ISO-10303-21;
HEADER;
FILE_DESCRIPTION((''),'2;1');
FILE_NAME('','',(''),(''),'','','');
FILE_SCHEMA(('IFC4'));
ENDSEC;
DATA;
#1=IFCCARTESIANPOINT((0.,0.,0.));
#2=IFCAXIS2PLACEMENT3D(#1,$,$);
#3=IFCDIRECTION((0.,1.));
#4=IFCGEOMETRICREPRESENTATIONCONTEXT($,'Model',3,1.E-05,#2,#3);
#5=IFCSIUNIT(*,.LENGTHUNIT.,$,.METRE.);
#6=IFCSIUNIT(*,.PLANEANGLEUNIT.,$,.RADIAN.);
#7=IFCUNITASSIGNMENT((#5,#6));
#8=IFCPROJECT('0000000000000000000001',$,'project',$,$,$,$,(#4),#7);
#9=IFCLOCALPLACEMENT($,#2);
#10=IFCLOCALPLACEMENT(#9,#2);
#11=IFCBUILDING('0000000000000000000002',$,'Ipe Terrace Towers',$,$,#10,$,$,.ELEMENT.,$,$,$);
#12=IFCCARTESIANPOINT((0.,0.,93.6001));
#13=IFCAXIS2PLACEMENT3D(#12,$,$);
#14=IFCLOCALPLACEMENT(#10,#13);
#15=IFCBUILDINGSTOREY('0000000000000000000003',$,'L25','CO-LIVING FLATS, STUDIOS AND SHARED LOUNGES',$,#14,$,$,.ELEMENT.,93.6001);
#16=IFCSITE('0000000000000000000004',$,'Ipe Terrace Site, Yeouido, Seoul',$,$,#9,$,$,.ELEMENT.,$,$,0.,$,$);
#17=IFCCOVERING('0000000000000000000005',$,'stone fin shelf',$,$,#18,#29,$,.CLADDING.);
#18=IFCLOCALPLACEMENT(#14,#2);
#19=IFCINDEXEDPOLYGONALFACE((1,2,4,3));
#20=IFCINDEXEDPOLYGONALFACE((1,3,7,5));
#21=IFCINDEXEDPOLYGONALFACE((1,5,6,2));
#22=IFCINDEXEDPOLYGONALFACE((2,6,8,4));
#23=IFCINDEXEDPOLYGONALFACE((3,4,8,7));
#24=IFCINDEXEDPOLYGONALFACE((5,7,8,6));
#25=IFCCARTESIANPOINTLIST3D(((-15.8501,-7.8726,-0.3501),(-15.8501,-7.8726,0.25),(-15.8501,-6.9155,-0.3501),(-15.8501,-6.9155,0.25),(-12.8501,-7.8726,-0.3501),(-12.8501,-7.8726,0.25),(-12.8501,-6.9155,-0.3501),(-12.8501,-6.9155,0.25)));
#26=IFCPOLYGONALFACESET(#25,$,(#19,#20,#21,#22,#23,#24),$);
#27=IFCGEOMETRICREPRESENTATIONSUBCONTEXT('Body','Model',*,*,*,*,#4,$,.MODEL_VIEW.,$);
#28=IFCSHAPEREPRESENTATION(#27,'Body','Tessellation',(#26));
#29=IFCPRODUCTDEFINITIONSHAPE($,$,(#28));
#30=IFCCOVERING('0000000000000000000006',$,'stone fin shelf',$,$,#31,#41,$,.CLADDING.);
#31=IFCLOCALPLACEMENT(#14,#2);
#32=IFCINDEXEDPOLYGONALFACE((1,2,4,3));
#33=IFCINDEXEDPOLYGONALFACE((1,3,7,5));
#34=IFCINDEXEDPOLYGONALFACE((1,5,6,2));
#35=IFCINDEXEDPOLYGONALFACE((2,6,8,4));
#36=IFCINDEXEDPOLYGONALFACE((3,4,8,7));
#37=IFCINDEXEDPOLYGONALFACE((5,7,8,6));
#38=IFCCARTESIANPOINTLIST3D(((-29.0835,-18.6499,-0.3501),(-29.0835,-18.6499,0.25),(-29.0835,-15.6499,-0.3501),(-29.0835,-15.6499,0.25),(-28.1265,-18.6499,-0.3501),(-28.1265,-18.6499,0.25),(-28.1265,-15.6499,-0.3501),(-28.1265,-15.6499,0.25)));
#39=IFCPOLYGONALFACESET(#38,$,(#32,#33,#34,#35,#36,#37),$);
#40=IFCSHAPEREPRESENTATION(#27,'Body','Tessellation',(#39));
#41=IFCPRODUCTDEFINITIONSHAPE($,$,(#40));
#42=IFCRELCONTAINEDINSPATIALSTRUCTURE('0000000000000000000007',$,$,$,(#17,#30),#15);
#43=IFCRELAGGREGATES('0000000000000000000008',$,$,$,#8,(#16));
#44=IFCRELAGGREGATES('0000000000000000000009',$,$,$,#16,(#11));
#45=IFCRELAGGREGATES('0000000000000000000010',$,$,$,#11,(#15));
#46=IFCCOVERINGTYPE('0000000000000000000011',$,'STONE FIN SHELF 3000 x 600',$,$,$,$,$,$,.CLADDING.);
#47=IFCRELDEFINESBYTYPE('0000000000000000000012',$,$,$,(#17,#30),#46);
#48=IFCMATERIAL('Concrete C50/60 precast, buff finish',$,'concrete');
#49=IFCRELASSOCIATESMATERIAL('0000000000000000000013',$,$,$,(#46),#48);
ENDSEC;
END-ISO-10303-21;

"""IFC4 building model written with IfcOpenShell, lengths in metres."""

from ifc_helpers import new_model, si_unit, direction, frame, origin, origin_2d, place, context, subcontext, project, spatial, rectangle, extrude, material, type_object, element, save


model = new_model("IFC4")

# Units and contexts
model_context = context("Model", 3, precision=1e-05, world=origin(), true_north=direction((0.0, 1.0)))
body_context = subcontext(model_context, "Body", "Model", "MODEL_VIEW")
ifc_project = project(units=[si_unit("LENGTHUNIT", "METRE"), si_unit("PLANEANGLEUNIT", "RADIAN")], contexts=[model_context])

# Site, building, storey
site_placement = place(None, origin())
site = spatial("IfcSite", under=ifc_project, at=site_placement, Name="Ipe Terrace Site, Yeouido, Seoul", CompositionType="ELEMENT", RefElevation=0.0)
building_placement = place(site_placement, origin())
building = spatial("IfcBuilding", under=site, at=building_placement, Name="Ipe Terrace Towers", CompositionType="ELEMENT")
storey_placement = place(building_placement, frame((0.0, 0.0, 93.6001)))
storey = spatial("IfcBuildingStorey", under=building, at=storey_placement, Name="L25", Description="CO-LIVING FLATS, STUDIOS AND SHARED LOUNGES", CompositionType="ELEMENT", Elevation=93.6001)

# Coverings
ifc_material_1 = material(Name="Concrete C50/60 precast, buff finish", Category="concrete")
covering_type_1 = type_object("IfcCoveringType", Name="STONE FIN SHELF 3000 x 600", PredefinedType="CLADDING", material=ifc_material_1)
for number, where, z_axis, x_axis, name in (
    (1, (-14.3501, -7.394, -0.3501), (0.0, 0.0, 1.0), (1.0, 0.0, 0.0), "stone fin shelf"),
    (2, (-28.605, -17.1499, -0.3501), (0.0, 0.0, 1.0), (0.0, 1.0, 0.0), "stone fin shelf"),
):
    element("IfcCovering", number, at=place(storey_placement, frame(where, z_axis=z_axis, x_axis=x_axis)), inside=storey, type_object=covering_type_1, Name=name, PredefinedType="CLADDING", context=body_context, shape_type="SweptSolid", body=[
        extrude(rectangle(XDim=3.0, YDim=0.957, at=origin_2d()), origin(), (0.0, 0.0, 1.0), 0.6001),
    ])

save(model, "model.ifc")
